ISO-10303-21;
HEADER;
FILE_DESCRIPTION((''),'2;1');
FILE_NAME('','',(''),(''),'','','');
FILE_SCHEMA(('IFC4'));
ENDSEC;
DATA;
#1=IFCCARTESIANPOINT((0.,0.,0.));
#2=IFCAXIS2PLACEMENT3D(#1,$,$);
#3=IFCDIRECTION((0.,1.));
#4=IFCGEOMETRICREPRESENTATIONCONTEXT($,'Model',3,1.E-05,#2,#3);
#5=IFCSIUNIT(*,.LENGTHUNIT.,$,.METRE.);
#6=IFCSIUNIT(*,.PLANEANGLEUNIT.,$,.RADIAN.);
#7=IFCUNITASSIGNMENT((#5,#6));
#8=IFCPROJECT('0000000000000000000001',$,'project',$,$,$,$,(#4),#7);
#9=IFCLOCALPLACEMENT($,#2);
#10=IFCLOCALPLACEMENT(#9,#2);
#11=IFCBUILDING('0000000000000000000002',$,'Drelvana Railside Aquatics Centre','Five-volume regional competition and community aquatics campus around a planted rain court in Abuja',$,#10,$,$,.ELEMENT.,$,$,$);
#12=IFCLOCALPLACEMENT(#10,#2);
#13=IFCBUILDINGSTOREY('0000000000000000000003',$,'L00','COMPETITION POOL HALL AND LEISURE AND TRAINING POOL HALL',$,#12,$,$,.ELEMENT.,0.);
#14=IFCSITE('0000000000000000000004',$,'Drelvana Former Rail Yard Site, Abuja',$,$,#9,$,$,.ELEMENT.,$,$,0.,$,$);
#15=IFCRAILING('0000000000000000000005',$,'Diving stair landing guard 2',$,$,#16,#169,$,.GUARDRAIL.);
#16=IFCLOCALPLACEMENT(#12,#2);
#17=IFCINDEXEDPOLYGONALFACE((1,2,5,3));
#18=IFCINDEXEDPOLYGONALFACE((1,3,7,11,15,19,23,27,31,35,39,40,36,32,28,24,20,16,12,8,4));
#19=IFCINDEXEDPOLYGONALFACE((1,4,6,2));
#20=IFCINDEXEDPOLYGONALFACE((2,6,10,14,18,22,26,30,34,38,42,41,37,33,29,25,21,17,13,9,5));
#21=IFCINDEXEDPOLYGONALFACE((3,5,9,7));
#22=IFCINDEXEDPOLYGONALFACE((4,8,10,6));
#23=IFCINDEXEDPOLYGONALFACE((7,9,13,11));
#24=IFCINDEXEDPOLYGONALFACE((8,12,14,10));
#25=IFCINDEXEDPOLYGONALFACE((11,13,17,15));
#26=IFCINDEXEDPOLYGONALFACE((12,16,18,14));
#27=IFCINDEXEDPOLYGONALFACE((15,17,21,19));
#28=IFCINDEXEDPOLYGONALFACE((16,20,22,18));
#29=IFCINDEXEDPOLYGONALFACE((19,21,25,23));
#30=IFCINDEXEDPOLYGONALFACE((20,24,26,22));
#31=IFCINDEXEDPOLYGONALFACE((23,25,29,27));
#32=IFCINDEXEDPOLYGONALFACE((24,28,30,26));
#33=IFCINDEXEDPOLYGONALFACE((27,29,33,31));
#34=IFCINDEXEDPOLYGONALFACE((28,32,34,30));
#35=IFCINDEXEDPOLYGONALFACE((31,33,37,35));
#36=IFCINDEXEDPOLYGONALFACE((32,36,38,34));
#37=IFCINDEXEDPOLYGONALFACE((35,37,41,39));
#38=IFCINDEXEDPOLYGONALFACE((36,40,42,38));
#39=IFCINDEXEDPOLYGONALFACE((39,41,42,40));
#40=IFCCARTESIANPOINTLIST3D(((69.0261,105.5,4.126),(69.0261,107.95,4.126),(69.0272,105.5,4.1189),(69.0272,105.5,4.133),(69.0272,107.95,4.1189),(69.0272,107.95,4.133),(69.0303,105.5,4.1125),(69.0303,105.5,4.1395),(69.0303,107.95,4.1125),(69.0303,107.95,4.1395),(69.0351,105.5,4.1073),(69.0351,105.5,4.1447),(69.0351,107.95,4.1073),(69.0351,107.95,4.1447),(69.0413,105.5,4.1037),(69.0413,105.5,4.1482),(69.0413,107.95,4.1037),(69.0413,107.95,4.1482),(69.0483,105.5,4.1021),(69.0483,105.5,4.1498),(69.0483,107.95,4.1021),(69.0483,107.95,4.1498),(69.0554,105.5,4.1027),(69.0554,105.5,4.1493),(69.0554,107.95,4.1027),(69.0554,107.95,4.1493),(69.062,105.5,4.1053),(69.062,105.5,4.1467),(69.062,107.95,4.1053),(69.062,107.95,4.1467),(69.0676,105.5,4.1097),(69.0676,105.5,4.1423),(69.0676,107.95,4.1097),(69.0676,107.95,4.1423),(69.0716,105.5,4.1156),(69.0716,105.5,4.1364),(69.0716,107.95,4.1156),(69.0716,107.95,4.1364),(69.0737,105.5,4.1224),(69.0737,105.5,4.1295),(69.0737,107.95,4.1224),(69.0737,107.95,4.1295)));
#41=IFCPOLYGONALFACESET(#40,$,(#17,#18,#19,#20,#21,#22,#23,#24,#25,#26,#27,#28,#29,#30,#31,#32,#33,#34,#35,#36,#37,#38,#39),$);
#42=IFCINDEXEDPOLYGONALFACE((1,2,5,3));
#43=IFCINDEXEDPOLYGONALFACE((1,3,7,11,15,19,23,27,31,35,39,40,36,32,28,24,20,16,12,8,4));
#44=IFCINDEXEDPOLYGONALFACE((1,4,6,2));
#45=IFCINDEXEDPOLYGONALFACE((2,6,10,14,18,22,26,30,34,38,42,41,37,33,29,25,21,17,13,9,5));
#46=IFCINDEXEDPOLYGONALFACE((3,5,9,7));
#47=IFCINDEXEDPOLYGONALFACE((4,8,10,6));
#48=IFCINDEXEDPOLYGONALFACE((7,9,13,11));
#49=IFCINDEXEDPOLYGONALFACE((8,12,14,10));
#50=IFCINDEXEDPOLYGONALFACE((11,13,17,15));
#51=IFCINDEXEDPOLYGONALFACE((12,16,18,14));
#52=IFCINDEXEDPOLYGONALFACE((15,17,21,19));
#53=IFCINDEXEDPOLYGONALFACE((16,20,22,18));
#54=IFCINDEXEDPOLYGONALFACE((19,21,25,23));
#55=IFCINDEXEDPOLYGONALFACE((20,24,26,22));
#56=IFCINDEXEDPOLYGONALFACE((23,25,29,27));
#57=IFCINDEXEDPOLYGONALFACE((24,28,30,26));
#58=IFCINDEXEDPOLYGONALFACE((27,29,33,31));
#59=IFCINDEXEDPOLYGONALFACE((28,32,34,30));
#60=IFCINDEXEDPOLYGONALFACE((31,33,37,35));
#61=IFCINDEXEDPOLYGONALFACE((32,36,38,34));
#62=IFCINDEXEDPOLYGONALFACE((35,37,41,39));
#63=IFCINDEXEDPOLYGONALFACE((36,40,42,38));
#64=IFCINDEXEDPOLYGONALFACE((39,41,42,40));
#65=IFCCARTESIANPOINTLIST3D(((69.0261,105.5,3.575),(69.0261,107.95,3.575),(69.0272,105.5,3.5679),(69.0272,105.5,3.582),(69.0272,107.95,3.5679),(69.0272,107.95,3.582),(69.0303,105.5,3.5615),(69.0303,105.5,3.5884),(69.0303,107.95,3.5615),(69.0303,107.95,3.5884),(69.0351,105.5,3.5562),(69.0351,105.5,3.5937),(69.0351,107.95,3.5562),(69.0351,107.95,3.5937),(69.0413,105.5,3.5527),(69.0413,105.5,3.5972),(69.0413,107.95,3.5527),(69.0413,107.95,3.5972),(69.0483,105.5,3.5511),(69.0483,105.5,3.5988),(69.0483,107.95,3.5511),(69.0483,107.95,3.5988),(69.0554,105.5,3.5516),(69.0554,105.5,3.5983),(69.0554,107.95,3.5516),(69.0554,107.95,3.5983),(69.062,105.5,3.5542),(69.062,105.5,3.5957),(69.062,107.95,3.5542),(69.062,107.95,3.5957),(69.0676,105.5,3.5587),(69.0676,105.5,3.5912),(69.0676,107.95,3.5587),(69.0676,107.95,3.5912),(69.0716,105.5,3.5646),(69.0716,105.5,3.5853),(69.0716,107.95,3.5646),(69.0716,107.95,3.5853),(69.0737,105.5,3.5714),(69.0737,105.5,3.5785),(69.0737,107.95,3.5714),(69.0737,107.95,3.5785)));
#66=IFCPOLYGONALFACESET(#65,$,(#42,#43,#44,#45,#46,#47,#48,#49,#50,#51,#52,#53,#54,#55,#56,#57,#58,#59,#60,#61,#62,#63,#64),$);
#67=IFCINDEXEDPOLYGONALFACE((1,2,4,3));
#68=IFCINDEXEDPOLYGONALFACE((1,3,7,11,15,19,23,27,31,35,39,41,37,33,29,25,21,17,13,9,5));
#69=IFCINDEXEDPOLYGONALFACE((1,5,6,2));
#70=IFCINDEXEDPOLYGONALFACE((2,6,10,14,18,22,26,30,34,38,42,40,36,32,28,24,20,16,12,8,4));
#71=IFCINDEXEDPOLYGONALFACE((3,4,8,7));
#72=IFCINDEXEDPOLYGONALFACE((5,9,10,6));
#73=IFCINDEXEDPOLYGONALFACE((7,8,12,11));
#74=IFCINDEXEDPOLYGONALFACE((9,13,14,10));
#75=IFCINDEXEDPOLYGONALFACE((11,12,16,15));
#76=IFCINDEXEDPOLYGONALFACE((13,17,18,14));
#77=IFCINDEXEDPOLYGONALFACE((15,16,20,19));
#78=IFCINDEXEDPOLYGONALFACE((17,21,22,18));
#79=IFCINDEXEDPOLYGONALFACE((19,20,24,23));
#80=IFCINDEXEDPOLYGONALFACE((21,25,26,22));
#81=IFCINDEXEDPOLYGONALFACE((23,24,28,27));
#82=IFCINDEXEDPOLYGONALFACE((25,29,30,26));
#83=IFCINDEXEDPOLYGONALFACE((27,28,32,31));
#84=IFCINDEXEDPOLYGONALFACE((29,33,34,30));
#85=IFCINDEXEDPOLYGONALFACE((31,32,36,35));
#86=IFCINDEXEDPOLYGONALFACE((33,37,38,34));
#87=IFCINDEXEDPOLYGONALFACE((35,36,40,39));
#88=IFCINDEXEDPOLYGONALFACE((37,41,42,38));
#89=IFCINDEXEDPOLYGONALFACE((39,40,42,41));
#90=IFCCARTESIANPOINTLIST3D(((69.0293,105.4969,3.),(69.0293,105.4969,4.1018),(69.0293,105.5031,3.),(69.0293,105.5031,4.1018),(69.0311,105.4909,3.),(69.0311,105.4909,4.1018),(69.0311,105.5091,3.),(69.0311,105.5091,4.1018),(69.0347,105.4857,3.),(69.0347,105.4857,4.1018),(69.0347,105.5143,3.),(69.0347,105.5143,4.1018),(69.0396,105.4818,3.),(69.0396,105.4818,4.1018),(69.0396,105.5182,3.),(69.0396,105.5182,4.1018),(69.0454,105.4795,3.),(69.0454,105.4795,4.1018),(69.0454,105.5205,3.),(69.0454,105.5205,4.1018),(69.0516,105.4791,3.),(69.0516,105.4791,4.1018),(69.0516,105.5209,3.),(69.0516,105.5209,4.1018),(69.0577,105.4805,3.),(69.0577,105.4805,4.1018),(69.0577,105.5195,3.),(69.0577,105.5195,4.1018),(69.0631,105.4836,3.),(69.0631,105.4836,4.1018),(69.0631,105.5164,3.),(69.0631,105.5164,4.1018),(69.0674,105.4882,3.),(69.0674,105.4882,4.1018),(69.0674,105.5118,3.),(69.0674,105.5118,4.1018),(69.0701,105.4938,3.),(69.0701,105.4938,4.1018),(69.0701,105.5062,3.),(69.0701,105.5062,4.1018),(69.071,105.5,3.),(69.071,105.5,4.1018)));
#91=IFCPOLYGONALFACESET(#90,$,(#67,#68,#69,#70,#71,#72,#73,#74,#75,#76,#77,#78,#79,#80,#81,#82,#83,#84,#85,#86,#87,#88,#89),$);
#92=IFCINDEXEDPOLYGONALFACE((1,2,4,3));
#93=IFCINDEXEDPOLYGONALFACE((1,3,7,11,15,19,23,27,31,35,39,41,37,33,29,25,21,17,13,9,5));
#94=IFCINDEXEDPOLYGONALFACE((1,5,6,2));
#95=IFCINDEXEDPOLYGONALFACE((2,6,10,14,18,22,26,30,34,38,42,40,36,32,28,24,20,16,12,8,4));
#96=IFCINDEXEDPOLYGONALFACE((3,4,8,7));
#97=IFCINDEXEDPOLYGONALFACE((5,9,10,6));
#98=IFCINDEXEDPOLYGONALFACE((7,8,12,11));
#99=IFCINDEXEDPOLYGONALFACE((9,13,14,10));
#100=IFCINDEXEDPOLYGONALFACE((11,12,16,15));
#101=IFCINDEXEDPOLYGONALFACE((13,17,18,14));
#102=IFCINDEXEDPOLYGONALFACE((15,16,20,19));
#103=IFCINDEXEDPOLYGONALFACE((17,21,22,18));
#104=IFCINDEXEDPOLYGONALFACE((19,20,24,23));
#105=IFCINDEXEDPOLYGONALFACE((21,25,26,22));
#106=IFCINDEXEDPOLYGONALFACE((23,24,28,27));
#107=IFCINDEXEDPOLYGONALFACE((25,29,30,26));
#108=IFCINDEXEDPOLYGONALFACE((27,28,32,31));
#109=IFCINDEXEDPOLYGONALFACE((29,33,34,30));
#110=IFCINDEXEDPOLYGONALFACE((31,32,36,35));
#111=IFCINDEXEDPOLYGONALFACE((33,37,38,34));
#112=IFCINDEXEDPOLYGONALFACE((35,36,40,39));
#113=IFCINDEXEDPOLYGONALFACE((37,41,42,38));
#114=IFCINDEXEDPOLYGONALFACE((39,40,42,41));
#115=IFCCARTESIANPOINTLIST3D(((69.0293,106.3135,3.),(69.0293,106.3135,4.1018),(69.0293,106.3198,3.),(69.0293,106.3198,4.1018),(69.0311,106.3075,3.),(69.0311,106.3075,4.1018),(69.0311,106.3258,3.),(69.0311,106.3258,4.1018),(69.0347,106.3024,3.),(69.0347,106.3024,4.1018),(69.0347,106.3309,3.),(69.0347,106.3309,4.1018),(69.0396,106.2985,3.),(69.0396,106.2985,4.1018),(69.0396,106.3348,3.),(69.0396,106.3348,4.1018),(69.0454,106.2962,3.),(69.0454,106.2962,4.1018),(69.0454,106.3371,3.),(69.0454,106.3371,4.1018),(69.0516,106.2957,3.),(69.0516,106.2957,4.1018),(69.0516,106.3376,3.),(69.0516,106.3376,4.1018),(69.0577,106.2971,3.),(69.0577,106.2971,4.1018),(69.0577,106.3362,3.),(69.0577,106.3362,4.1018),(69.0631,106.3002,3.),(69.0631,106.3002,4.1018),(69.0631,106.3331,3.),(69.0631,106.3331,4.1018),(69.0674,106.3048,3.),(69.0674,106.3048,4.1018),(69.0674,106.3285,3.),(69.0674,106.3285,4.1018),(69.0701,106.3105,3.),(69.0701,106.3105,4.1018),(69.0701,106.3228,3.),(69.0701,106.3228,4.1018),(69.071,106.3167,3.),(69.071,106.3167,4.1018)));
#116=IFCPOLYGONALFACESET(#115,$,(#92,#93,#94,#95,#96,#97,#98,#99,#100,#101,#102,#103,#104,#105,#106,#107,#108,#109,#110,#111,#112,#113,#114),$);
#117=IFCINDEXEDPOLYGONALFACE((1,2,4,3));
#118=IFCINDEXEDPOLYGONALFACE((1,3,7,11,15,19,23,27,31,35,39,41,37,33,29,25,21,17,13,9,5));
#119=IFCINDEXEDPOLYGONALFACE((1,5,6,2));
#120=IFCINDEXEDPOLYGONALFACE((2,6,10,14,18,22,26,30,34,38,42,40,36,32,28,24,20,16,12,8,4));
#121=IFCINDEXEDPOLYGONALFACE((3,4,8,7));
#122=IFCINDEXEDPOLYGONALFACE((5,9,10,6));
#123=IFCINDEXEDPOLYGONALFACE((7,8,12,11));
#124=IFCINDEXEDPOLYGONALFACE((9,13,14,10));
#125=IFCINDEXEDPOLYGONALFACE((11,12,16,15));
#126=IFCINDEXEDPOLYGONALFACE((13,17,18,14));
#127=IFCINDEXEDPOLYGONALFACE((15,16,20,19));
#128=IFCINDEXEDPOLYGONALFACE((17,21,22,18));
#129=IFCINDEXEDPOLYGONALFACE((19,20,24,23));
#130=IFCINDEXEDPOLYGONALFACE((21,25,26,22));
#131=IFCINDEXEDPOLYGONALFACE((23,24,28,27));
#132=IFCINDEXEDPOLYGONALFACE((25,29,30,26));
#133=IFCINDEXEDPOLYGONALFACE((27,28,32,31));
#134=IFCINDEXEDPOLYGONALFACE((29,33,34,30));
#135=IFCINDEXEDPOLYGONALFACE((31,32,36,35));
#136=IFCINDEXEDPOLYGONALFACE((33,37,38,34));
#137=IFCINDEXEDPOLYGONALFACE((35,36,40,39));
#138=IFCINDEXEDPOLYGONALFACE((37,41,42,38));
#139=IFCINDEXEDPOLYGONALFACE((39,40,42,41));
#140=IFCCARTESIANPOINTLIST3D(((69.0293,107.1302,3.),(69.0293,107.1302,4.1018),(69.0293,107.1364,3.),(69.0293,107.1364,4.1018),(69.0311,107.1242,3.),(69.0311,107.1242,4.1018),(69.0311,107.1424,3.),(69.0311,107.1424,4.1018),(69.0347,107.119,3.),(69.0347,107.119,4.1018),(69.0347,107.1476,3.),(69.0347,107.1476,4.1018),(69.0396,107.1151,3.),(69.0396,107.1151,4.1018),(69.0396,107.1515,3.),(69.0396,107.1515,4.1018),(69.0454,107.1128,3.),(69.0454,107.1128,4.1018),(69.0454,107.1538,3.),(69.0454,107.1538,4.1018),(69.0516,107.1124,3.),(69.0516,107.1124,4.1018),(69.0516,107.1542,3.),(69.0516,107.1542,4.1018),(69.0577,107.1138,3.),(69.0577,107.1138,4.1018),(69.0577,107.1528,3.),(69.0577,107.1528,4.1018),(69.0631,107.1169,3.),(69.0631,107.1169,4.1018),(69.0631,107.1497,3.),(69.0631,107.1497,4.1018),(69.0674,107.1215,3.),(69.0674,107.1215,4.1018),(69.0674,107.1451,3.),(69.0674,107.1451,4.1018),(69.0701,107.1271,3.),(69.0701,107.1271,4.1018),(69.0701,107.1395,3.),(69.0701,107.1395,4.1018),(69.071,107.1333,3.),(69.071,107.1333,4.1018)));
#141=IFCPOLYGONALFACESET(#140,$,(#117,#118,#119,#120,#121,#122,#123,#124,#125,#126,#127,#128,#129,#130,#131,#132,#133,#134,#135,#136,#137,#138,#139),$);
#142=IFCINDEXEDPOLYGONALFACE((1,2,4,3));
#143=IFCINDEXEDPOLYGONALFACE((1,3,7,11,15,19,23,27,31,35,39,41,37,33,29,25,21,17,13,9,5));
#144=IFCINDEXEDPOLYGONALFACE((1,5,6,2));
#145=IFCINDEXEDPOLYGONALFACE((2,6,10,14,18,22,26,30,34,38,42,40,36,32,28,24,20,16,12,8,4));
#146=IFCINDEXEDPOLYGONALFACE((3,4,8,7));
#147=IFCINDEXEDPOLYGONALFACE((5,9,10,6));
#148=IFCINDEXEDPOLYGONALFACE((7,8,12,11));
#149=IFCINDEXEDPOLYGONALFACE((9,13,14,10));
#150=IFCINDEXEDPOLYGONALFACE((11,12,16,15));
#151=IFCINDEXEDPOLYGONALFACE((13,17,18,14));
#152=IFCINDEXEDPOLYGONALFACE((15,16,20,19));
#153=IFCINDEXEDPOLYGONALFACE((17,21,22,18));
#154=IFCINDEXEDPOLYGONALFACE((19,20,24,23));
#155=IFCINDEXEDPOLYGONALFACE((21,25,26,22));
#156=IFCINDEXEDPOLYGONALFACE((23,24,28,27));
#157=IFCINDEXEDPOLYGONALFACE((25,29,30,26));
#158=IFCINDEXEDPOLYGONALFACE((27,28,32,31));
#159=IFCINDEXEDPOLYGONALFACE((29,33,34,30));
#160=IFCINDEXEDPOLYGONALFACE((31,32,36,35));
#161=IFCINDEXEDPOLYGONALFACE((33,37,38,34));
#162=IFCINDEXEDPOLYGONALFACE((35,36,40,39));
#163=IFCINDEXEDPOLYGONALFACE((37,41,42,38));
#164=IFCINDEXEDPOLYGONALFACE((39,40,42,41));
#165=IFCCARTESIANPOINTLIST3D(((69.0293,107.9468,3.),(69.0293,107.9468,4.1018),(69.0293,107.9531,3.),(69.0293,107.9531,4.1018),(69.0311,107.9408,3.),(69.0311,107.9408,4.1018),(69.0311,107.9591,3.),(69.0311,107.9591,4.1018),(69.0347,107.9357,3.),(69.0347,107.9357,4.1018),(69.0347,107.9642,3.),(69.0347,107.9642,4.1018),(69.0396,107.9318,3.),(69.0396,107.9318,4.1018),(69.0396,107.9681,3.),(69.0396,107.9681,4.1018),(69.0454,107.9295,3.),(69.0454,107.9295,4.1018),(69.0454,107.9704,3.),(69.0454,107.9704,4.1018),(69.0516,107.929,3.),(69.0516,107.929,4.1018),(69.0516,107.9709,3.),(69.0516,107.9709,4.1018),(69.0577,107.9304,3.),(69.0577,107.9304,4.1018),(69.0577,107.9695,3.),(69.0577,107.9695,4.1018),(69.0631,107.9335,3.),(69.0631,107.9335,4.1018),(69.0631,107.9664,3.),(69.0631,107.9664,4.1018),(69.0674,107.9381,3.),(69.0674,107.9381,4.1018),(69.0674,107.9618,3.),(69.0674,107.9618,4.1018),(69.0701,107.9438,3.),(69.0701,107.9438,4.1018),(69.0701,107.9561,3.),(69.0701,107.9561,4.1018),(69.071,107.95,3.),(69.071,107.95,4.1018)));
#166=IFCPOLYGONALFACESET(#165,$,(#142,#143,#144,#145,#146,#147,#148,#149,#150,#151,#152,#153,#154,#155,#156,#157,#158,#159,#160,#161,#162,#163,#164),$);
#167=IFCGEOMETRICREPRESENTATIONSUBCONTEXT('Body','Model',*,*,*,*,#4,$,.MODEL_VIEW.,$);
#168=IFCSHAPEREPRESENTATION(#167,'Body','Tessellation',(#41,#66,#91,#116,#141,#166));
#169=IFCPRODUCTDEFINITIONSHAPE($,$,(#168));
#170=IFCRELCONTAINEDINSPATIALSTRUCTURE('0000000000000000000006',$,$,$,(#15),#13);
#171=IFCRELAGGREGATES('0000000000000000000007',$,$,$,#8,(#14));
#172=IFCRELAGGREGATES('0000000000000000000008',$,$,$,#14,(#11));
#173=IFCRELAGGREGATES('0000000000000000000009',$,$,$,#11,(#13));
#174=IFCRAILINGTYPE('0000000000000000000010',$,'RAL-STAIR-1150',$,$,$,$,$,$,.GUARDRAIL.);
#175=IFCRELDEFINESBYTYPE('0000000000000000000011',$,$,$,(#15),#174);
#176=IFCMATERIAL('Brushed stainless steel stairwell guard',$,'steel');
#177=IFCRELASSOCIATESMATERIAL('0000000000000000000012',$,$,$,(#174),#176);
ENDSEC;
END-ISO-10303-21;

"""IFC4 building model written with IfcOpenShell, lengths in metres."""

from ifc_helpers import new_model, si_unit, direction, frame, origin, origin_2d, place, context, subcontext, project, spatial, circle, extrude, material, type_object, element, save


model = new_model("IFC4")

# Units and contexts
model_context = context("Model", 3, precision=1e-05, world=origin(), true_north=direction((0.0, 1.0)))
body_context = subcontext(model_context, "Body", "Model", "MODEL_VIEW")
ifc_project = project(units=[si_unit("LENGTHUNIT", "METRE"), si_unit("PLANEANGLEUNIT", "RADIAN")], contexts=[model_context])

# Site, building, storey
site_placement = place(None, origin())
site = spatial("IfcSite", under=ifc_project, at=site_placement, Name="Drelvana Former Rail Yard Site, Abuja", CompositionType="ELEMENT", RefElevation=0.0)
building_placement = place(site_placement, origin())
building = spatial("IfcBuilding", under=site, at=building_placement, Name="Drelvana Railside Aquatics Centre", Description="Five-volume regional competition and community aquatics campus around a planted rain court in Abuja", CompositionType="ELEMENT")
storey_placement = place(building_placement, origin())
storey = spatial("IfcBuildingStorey", under=building, at=storey_placement, Name="L00", Description="COMPETITION POOL HALL AND LEISURE AND TRAINING POOL HALL", CompositionType="ELEMENT", Elevation=0.0)

# Railing
ifc_material_1 = material(Name="Brushed stainless steel stairwell guard", Category="steel")
railing_type_1 = type_object("IfcRailingType", Name="RAL-STAIR-1150", PredefinedType="GUARDRAIL", material=ifc_material_1)
railing_1_placement = place(storey_placement, frame((69.05, 105.5, 3.0)))
element("IfcRailing", 1, at=railing_1_placement, inside=storey, type_object=railing_type_1, Name="Diving stair landing guard 2", PredefinedType="GUARDRAIL", context=body_context, shape_type="SweptSolid", body=[
    extrude(circle(Radius=0.0239, at=origin_2d()), frame((0.0, 0.0, 1.126), z_axis=(0.0, 1.0, 0.0), x_axis=(-1.0, 0.0, 0.0)), (0.0, 0.0, 1.0), 2.45),
    extrude(circle(Radius=0.0239, at=origin_2d()), frame((0.0, 0.0, 0.575), z_axis=(0.0, 1.0, 0.0), x_axis=(-1.0, 0.0, 0.0)), (0.0, 0.0, 1.0), 2.45),
    extrude(circle(Radius=0.021, at=origin_2d()), origin(), (0.0, 0.0, 1.0), 1.1018),
    extrude(circle(Radius=0.021, at=origin_2d()), frame((0.0, 0.8167, 0.0)), (0.0, 0.0, 1.0), 1.1018),
    extrude(circle(Radius=0.021, at=origin_2d()), frame((0.0, 1.6333, 0.0)), (0.0, 0.0, 1.0), 1.1018),
    extrude(circle(Radius=0.021, at=origin_2d()), frame((0.0, 2.45, 0.0)), (0.0, 0.0, 1.0), 1.1018),
])

save(model, "model.ifc")
